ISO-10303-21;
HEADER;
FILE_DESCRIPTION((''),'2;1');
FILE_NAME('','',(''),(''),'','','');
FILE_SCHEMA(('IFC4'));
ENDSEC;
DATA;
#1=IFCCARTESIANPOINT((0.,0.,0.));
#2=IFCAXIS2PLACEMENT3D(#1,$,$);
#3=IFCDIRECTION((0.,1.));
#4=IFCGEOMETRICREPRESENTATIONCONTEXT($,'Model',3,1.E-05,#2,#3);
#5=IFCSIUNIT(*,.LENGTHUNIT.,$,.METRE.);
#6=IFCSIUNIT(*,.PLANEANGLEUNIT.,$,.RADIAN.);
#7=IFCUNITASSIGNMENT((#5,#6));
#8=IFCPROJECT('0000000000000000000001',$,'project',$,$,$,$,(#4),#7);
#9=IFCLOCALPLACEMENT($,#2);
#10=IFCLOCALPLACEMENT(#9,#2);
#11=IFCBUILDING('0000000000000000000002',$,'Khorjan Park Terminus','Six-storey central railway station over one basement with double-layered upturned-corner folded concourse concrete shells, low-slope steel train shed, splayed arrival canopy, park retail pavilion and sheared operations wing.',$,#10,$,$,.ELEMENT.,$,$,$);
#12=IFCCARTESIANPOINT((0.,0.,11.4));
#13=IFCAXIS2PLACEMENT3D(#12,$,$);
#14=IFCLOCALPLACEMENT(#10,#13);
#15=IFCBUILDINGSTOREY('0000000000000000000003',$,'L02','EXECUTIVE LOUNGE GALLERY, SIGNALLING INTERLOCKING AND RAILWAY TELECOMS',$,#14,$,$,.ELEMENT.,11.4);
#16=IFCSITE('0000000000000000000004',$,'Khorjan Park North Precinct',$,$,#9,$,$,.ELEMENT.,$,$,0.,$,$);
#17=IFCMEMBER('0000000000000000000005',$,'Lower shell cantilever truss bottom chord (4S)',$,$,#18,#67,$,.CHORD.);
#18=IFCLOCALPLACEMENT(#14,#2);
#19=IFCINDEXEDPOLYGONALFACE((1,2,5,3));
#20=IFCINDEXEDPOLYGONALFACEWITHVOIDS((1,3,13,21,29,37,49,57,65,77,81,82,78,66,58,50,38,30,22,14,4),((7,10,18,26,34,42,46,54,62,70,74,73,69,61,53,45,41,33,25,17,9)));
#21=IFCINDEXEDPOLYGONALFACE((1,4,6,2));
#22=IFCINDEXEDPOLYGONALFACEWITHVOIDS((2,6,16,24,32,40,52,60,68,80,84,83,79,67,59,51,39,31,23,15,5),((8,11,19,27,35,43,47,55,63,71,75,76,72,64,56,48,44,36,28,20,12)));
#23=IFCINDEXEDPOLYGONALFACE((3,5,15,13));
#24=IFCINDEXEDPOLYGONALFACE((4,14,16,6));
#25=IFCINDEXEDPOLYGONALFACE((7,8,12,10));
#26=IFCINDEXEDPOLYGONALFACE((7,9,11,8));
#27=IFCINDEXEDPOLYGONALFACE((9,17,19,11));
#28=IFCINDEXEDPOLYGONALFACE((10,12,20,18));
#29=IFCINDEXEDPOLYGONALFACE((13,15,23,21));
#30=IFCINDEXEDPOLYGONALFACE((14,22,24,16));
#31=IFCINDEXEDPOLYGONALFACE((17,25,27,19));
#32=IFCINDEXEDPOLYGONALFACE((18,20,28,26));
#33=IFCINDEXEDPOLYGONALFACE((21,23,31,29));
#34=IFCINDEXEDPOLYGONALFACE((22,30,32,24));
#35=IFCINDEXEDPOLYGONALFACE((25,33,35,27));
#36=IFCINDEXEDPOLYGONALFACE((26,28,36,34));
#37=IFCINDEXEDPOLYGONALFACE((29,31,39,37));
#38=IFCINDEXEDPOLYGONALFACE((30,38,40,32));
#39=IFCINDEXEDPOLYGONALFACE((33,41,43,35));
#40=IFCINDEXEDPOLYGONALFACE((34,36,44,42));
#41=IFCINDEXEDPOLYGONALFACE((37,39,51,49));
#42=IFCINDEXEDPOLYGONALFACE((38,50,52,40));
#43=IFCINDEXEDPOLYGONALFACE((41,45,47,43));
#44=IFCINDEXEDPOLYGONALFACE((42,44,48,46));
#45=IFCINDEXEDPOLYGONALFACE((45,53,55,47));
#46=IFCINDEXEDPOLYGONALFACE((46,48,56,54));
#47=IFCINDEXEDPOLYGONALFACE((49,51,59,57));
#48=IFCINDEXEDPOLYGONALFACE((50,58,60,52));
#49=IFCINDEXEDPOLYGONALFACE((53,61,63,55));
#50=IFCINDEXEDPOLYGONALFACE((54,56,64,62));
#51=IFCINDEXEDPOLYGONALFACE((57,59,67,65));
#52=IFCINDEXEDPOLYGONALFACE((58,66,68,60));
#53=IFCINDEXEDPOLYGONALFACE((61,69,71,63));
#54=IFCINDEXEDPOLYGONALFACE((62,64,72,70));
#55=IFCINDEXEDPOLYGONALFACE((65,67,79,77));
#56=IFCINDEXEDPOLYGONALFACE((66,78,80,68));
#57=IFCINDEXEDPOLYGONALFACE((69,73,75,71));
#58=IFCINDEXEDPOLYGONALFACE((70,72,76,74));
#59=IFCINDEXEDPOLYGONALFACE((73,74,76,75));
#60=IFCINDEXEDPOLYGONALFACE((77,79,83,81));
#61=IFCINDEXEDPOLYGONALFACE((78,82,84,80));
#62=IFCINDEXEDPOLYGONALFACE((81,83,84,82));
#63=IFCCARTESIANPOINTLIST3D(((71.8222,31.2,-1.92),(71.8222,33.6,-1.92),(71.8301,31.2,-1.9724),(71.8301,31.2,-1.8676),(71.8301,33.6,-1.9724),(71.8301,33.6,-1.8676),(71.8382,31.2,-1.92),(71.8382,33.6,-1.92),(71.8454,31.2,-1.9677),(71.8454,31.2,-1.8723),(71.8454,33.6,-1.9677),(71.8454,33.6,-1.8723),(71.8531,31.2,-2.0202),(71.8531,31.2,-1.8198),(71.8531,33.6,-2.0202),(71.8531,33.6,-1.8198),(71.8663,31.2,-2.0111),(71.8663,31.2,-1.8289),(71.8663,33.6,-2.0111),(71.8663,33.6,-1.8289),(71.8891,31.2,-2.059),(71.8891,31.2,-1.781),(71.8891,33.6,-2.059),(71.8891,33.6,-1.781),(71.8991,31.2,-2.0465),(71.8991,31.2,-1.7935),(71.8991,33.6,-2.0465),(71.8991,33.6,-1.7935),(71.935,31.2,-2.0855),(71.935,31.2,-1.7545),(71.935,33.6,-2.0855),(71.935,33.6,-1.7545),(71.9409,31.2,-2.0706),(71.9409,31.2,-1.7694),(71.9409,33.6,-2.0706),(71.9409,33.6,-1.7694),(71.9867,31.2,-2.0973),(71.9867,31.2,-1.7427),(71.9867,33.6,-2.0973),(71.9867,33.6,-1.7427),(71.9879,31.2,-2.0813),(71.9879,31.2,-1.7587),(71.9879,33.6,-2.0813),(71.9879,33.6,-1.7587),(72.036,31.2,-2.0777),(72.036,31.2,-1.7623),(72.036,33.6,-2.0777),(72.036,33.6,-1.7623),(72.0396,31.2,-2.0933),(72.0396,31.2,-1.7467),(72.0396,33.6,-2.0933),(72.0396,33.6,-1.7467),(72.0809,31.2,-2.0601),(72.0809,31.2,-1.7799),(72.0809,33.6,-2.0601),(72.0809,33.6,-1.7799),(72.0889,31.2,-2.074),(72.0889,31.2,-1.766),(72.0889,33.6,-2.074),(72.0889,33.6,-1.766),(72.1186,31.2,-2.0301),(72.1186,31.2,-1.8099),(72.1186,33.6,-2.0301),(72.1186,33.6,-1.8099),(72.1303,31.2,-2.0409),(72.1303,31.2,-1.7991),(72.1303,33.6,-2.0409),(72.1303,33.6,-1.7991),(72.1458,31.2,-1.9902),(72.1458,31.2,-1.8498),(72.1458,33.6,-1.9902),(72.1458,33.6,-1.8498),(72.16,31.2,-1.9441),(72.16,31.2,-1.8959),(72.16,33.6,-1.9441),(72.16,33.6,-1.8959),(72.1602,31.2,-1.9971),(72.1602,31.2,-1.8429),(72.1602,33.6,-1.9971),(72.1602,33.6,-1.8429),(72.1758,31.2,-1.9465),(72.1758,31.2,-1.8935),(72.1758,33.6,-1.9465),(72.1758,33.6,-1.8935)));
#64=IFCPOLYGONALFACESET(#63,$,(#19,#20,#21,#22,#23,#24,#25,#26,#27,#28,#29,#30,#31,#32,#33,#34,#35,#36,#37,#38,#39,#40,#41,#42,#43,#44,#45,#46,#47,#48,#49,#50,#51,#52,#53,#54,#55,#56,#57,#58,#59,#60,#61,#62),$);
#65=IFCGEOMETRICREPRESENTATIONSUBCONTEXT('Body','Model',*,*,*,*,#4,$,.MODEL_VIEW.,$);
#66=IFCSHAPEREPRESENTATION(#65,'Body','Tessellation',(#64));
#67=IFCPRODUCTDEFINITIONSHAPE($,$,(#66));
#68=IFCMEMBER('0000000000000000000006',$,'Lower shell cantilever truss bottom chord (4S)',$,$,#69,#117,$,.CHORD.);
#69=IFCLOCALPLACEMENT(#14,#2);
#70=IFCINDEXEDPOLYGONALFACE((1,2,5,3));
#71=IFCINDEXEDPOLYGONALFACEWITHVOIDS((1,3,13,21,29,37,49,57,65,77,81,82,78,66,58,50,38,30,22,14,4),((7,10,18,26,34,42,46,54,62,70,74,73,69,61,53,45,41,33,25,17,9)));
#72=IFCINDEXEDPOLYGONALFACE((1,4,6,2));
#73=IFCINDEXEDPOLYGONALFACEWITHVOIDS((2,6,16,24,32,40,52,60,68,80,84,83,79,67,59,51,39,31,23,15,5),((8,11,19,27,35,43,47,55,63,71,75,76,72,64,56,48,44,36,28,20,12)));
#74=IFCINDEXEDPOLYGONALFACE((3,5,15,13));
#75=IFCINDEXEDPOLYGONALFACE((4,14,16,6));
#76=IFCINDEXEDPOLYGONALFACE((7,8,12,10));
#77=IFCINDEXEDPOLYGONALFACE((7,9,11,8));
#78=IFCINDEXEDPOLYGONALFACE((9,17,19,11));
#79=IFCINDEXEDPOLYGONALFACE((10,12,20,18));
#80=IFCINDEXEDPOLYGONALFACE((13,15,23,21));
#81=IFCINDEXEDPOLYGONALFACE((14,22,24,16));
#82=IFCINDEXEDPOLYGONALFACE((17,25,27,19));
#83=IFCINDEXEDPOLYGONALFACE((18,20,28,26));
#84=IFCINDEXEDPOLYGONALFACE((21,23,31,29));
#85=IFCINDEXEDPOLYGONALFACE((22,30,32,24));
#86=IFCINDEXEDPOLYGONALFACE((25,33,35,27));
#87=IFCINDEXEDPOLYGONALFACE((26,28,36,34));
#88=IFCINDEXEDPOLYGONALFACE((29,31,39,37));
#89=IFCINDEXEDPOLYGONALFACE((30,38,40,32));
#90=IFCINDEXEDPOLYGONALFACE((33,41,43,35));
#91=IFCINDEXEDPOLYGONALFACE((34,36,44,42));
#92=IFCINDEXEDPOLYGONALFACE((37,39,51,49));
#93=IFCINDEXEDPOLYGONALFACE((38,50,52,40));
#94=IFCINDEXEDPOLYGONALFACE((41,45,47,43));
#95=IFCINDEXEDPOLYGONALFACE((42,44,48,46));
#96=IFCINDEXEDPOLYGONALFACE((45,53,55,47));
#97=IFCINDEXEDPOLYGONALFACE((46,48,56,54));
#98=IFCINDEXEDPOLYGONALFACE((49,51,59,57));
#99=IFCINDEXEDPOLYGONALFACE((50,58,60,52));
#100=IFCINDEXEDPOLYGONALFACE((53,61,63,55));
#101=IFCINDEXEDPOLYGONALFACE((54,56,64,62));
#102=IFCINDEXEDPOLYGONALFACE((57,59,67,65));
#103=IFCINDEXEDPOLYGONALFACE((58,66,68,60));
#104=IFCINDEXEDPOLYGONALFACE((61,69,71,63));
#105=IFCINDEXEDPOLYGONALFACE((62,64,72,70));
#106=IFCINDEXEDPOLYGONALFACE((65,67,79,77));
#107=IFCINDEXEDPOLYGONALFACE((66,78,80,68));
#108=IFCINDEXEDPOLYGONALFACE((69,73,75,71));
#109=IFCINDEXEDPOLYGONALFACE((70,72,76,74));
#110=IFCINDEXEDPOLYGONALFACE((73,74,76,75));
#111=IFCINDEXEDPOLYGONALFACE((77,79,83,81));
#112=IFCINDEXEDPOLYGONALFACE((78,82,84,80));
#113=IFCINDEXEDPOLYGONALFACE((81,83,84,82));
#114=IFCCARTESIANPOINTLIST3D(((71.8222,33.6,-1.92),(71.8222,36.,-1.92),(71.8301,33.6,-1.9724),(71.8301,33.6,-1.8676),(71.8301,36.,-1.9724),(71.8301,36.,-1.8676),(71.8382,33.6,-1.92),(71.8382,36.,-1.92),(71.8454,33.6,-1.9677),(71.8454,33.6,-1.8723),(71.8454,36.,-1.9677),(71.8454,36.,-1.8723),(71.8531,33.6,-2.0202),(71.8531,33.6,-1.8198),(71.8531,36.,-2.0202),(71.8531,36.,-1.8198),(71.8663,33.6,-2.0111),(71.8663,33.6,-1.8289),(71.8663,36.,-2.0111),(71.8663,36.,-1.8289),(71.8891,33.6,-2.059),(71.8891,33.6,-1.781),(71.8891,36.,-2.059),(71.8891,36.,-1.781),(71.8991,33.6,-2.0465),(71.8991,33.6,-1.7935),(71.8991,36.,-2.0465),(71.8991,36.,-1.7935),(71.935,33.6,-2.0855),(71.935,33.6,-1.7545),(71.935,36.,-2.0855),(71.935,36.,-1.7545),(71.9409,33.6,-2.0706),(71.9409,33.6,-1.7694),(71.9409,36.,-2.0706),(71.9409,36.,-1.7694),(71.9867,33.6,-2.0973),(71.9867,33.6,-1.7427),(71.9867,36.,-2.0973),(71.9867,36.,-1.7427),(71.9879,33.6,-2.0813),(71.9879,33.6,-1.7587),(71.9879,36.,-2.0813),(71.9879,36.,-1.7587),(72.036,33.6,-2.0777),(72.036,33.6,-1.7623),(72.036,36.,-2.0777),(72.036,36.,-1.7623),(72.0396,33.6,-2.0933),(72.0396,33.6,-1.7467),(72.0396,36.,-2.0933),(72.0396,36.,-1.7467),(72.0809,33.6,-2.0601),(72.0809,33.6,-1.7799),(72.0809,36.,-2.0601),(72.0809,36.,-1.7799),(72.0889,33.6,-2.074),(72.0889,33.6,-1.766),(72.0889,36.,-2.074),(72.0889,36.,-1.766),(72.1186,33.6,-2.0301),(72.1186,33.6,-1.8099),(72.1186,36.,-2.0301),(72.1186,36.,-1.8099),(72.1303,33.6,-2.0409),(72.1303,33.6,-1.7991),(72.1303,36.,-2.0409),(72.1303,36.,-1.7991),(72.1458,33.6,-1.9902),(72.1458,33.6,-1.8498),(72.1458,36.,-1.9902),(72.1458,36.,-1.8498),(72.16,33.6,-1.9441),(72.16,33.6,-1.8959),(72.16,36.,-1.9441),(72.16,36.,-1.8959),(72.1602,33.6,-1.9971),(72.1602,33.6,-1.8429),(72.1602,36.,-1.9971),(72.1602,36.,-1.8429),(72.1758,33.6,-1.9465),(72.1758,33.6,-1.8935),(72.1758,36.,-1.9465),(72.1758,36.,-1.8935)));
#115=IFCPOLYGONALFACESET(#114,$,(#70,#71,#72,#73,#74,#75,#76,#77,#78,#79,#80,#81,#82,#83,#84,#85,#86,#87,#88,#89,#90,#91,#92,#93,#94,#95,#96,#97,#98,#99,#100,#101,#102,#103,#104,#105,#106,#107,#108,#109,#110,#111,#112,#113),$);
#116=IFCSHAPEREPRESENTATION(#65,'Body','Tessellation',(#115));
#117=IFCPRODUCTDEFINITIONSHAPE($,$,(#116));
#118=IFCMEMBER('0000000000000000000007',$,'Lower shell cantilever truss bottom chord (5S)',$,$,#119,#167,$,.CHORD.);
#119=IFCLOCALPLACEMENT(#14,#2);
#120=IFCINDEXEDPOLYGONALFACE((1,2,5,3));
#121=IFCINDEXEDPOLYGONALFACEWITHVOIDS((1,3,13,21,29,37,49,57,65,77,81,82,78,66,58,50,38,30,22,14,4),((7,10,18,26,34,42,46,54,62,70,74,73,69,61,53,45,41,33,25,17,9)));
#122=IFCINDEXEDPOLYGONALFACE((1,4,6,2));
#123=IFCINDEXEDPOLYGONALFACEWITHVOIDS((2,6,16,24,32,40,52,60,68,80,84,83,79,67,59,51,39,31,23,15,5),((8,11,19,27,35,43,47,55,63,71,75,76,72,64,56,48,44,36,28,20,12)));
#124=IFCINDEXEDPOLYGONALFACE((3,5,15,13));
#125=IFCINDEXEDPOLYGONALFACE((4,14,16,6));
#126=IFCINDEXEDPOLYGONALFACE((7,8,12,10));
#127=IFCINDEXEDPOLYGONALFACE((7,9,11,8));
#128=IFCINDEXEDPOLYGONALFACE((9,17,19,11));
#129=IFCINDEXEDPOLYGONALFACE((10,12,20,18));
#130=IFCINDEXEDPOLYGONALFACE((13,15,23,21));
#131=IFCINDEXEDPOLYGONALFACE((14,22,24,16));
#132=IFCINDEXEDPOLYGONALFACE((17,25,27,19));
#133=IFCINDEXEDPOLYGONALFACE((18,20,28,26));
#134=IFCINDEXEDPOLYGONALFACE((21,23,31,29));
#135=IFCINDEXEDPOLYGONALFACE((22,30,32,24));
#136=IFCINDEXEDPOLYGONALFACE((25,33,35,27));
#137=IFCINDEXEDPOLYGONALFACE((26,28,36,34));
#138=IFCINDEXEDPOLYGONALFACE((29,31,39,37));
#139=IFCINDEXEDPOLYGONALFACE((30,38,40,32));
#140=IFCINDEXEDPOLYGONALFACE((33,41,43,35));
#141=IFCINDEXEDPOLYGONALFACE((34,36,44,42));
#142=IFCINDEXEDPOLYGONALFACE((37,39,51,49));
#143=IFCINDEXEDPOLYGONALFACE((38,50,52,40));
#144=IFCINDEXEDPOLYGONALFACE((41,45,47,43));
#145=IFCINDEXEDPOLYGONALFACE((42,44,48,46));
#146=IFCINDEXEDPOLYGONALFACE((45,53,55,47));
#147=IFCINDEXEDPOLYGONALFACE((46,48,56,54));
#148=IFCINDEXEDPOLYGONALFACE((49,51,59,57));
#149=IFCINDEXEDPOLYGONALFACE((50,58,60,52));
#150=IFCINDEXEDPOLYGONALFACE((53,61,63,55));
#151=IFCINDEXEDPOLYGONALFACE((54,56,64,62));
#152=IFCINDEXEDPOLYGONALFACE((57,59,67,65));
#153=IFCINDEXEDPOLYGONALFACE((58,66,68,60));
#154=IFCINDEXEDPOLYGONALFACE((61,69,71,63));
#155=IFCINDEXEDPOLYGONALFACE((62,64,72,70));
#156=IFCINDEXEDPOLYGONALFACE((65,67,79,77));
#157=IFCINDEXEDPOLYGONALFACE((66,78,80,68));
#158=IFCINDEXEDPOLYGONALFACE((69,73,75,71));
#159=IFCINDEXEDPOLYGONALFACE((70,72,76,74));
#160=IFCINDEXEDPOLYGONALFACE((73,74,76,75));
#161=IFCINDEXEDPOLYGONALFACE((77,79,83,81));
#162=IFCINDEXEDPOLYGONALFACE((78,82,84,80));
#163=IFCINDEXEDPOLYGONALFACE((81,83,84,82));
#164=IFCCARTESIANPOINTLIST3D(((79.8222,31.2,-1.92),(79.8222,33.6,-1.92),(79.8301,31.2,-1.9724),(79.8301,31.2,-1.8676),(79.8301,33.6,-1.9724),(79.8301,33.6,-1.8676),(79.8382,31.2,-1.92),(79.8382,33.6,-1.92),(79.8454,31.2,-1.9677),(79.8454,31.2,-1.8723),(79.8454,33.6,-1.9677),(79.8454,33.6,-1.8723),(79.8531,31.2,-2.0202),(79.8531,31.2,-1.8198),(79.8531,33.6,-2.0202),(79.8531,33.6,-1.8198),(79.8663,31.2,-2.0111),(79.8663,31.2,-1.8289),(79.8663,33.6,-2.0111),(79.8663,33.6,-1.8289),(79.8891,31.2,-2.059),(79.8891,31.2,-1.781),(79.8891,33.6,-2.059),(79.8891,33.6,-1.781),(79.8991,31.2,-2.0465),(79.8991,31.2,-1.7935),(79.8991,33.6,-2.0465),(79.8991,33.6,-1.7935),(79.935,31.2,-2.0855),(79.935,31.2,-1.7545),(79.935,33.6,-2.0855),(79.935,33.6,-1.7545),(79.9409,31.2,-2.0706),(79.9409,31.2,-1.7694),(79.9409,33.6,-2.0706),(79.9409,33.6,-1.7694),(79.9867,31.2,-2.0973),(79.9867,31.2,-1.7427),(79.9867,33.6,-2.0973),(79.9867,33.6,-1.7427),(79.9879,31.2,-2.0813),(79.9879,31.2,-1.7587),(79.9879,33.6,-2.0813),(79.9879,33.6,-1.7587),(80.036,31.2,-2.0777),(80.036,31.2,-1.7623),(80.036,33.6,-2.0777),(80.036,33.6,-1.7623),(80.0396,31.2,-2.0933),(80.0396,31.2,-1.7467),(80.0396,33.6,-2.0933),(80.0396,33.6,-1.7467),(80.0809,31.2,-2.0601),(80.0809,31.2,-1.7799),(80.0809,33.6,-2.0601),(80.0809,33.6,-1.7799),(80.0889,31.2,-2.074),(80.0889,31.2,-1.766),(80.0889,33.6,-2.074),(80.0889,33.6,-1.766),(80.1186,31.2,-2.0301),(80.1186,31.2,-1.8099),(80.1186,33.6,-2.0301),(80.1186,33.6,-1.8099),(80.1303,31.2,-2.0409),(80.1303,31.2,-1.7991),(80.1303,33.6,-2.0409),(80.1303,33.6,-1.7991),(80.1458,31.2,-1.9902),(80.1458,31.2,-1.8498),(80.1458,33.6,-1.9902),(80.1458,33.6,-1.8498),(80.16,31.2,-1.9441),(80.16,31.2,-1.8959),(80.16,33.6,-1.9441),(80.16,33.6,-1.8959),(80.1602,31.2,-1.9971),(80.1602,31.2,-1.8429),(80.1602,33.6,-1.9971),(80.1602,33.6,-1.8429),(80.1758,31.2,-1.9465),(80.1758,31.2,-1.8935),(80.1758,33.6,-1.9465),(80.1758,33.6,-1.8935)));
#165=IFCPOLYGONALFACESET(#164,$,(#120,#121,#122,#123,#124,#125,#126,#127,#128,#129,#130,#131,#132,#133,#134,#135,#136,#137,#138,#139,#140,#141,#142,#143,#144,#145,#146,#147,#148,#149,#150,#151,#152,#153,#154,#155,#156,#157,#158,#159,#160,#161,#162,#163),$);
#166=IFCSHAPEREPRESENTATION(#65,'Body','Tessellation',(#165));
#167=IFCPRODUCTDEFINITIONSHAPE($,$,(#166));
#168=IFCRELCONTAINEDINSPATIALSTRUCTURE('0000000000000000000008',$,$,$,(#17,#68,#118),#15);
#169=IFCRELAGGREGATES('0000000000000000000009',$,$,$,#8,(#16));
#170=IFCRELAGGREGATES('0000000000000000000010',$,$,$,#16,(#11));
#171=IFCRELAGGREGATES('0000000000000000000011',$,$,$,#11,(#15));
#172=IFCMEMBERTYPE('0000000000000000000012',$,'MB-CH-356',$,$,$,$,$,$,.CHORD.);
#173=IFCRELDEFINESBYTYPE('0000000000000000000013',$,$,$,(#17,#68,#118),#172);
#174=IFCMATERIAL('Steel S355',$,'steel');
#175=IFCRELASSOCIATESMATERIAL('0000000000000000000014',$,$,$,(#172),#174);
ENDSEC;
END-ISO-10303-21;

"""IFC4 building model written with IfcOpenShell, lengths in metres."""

from ifc_helpers import new_model, si_unit, direction, frame, origin, origin_2d, place, context, subcontext, project, spatial, hollow_circle, extrude, material, material_profile, profile_set, type_object, element, save


model = new_model("IFC4")

# Units and contexts
model_context = context("Model", 3, precision=1e-05, world=origin(), true_north=direction((0.0, 1.0)))
body_context = subcontext(model_context, "Body", "Model", "MODEL_VIEW")
ifc_project = project(units=[si_unit("LENGTHUNIT", "METRE"), si_unit("PLANEANGLEUNIT", "RADIAN")], contexts=[model_context])

# Site, building, storey
site_placement = place(None, origin())
site = spatial("IfcSite", under=ifc_project, at=site_placement, Name="Khorjan Park North Precinct", CompositionType="ELEMENT", RefElevation=0.0)
building_placement = place(site_placement, origin())
building = spatial("IfcBuilding", under=site, at=building_placement, Name="Khorjan Park Terminus", Description="Six-storey central railway station over one basement with double-layered upturned-corner folded concourse concrete shells, low-slope steel train shed, splayed arrival canopy, park retail pavilion and sheared operations wing.", CompositionType="ELEMENT")
storey_placement = place(building_placement, frame((0.0, 0.0, 11.4)))
storey = spatial("IfcBuildingStorey", under=building, at=storey_placement, Name="L02", Description="EXECUTIVE LOUNGE GALLERY, SIGNALLING INTERLOCKING AND RAILWAY TELECOMS", CompositionType="ELEMENT", Elevation=11.4)

# Members
ifc_material = material(Name="Steel S355", Category="steel")
ifc_material_profile_1 = material_profile(ifc_material, hollow_circle(Radius=0.1778, WallThickness=0.016, at=origin_2d()), Name="CHS 355.6x16")
ifc_profile_set_1 = profile_set([ifc_material_profile_1], Name="Steel S355")
member_type_1 = type_object("IfcMemberType", Name="MB-CH-356", PredefinedType="CHORD", material=ifc_profile_set_1)
for number, where, z_axis, x_axis, name in (
    (1, (72.0, 31.2, -1.92), (0.0, 1.0, 0.0), (-1.0, 0.0, 0.0), "Lower shell cantilever truss bottom chord (4S)"),
    (2, (72.0, 33.6, -1.92), (0.0, 1.0, 0.0), (-1.0, 0.0, 0.0), "Lower shell cantilever truss bottom chord (4S)"),
    (3, (80.0, 31.2, -1.92), (0.0, 1.0, 0.0), (-1.0, 0.0, 0.0), "Lower shell cantilever truss bottom chord (5S)"),
):
    element("IfcMember", number, at=place(storey_placement, frame(where, z_axis=z_axis, x_axis=x_axis)), inside=storey, type_object=member_type_1, Name=name, PredefinedType="CHORD", context=body_context, shape_type="SweptSolid", body=[
        extrude(hollow_circle(Radius=0.1778, WallThickness=0.016, at=origin_2d()), origin(), (0.0, 0.0, 1.0), 2.4),
    ])

save(model, "model.ifc")
